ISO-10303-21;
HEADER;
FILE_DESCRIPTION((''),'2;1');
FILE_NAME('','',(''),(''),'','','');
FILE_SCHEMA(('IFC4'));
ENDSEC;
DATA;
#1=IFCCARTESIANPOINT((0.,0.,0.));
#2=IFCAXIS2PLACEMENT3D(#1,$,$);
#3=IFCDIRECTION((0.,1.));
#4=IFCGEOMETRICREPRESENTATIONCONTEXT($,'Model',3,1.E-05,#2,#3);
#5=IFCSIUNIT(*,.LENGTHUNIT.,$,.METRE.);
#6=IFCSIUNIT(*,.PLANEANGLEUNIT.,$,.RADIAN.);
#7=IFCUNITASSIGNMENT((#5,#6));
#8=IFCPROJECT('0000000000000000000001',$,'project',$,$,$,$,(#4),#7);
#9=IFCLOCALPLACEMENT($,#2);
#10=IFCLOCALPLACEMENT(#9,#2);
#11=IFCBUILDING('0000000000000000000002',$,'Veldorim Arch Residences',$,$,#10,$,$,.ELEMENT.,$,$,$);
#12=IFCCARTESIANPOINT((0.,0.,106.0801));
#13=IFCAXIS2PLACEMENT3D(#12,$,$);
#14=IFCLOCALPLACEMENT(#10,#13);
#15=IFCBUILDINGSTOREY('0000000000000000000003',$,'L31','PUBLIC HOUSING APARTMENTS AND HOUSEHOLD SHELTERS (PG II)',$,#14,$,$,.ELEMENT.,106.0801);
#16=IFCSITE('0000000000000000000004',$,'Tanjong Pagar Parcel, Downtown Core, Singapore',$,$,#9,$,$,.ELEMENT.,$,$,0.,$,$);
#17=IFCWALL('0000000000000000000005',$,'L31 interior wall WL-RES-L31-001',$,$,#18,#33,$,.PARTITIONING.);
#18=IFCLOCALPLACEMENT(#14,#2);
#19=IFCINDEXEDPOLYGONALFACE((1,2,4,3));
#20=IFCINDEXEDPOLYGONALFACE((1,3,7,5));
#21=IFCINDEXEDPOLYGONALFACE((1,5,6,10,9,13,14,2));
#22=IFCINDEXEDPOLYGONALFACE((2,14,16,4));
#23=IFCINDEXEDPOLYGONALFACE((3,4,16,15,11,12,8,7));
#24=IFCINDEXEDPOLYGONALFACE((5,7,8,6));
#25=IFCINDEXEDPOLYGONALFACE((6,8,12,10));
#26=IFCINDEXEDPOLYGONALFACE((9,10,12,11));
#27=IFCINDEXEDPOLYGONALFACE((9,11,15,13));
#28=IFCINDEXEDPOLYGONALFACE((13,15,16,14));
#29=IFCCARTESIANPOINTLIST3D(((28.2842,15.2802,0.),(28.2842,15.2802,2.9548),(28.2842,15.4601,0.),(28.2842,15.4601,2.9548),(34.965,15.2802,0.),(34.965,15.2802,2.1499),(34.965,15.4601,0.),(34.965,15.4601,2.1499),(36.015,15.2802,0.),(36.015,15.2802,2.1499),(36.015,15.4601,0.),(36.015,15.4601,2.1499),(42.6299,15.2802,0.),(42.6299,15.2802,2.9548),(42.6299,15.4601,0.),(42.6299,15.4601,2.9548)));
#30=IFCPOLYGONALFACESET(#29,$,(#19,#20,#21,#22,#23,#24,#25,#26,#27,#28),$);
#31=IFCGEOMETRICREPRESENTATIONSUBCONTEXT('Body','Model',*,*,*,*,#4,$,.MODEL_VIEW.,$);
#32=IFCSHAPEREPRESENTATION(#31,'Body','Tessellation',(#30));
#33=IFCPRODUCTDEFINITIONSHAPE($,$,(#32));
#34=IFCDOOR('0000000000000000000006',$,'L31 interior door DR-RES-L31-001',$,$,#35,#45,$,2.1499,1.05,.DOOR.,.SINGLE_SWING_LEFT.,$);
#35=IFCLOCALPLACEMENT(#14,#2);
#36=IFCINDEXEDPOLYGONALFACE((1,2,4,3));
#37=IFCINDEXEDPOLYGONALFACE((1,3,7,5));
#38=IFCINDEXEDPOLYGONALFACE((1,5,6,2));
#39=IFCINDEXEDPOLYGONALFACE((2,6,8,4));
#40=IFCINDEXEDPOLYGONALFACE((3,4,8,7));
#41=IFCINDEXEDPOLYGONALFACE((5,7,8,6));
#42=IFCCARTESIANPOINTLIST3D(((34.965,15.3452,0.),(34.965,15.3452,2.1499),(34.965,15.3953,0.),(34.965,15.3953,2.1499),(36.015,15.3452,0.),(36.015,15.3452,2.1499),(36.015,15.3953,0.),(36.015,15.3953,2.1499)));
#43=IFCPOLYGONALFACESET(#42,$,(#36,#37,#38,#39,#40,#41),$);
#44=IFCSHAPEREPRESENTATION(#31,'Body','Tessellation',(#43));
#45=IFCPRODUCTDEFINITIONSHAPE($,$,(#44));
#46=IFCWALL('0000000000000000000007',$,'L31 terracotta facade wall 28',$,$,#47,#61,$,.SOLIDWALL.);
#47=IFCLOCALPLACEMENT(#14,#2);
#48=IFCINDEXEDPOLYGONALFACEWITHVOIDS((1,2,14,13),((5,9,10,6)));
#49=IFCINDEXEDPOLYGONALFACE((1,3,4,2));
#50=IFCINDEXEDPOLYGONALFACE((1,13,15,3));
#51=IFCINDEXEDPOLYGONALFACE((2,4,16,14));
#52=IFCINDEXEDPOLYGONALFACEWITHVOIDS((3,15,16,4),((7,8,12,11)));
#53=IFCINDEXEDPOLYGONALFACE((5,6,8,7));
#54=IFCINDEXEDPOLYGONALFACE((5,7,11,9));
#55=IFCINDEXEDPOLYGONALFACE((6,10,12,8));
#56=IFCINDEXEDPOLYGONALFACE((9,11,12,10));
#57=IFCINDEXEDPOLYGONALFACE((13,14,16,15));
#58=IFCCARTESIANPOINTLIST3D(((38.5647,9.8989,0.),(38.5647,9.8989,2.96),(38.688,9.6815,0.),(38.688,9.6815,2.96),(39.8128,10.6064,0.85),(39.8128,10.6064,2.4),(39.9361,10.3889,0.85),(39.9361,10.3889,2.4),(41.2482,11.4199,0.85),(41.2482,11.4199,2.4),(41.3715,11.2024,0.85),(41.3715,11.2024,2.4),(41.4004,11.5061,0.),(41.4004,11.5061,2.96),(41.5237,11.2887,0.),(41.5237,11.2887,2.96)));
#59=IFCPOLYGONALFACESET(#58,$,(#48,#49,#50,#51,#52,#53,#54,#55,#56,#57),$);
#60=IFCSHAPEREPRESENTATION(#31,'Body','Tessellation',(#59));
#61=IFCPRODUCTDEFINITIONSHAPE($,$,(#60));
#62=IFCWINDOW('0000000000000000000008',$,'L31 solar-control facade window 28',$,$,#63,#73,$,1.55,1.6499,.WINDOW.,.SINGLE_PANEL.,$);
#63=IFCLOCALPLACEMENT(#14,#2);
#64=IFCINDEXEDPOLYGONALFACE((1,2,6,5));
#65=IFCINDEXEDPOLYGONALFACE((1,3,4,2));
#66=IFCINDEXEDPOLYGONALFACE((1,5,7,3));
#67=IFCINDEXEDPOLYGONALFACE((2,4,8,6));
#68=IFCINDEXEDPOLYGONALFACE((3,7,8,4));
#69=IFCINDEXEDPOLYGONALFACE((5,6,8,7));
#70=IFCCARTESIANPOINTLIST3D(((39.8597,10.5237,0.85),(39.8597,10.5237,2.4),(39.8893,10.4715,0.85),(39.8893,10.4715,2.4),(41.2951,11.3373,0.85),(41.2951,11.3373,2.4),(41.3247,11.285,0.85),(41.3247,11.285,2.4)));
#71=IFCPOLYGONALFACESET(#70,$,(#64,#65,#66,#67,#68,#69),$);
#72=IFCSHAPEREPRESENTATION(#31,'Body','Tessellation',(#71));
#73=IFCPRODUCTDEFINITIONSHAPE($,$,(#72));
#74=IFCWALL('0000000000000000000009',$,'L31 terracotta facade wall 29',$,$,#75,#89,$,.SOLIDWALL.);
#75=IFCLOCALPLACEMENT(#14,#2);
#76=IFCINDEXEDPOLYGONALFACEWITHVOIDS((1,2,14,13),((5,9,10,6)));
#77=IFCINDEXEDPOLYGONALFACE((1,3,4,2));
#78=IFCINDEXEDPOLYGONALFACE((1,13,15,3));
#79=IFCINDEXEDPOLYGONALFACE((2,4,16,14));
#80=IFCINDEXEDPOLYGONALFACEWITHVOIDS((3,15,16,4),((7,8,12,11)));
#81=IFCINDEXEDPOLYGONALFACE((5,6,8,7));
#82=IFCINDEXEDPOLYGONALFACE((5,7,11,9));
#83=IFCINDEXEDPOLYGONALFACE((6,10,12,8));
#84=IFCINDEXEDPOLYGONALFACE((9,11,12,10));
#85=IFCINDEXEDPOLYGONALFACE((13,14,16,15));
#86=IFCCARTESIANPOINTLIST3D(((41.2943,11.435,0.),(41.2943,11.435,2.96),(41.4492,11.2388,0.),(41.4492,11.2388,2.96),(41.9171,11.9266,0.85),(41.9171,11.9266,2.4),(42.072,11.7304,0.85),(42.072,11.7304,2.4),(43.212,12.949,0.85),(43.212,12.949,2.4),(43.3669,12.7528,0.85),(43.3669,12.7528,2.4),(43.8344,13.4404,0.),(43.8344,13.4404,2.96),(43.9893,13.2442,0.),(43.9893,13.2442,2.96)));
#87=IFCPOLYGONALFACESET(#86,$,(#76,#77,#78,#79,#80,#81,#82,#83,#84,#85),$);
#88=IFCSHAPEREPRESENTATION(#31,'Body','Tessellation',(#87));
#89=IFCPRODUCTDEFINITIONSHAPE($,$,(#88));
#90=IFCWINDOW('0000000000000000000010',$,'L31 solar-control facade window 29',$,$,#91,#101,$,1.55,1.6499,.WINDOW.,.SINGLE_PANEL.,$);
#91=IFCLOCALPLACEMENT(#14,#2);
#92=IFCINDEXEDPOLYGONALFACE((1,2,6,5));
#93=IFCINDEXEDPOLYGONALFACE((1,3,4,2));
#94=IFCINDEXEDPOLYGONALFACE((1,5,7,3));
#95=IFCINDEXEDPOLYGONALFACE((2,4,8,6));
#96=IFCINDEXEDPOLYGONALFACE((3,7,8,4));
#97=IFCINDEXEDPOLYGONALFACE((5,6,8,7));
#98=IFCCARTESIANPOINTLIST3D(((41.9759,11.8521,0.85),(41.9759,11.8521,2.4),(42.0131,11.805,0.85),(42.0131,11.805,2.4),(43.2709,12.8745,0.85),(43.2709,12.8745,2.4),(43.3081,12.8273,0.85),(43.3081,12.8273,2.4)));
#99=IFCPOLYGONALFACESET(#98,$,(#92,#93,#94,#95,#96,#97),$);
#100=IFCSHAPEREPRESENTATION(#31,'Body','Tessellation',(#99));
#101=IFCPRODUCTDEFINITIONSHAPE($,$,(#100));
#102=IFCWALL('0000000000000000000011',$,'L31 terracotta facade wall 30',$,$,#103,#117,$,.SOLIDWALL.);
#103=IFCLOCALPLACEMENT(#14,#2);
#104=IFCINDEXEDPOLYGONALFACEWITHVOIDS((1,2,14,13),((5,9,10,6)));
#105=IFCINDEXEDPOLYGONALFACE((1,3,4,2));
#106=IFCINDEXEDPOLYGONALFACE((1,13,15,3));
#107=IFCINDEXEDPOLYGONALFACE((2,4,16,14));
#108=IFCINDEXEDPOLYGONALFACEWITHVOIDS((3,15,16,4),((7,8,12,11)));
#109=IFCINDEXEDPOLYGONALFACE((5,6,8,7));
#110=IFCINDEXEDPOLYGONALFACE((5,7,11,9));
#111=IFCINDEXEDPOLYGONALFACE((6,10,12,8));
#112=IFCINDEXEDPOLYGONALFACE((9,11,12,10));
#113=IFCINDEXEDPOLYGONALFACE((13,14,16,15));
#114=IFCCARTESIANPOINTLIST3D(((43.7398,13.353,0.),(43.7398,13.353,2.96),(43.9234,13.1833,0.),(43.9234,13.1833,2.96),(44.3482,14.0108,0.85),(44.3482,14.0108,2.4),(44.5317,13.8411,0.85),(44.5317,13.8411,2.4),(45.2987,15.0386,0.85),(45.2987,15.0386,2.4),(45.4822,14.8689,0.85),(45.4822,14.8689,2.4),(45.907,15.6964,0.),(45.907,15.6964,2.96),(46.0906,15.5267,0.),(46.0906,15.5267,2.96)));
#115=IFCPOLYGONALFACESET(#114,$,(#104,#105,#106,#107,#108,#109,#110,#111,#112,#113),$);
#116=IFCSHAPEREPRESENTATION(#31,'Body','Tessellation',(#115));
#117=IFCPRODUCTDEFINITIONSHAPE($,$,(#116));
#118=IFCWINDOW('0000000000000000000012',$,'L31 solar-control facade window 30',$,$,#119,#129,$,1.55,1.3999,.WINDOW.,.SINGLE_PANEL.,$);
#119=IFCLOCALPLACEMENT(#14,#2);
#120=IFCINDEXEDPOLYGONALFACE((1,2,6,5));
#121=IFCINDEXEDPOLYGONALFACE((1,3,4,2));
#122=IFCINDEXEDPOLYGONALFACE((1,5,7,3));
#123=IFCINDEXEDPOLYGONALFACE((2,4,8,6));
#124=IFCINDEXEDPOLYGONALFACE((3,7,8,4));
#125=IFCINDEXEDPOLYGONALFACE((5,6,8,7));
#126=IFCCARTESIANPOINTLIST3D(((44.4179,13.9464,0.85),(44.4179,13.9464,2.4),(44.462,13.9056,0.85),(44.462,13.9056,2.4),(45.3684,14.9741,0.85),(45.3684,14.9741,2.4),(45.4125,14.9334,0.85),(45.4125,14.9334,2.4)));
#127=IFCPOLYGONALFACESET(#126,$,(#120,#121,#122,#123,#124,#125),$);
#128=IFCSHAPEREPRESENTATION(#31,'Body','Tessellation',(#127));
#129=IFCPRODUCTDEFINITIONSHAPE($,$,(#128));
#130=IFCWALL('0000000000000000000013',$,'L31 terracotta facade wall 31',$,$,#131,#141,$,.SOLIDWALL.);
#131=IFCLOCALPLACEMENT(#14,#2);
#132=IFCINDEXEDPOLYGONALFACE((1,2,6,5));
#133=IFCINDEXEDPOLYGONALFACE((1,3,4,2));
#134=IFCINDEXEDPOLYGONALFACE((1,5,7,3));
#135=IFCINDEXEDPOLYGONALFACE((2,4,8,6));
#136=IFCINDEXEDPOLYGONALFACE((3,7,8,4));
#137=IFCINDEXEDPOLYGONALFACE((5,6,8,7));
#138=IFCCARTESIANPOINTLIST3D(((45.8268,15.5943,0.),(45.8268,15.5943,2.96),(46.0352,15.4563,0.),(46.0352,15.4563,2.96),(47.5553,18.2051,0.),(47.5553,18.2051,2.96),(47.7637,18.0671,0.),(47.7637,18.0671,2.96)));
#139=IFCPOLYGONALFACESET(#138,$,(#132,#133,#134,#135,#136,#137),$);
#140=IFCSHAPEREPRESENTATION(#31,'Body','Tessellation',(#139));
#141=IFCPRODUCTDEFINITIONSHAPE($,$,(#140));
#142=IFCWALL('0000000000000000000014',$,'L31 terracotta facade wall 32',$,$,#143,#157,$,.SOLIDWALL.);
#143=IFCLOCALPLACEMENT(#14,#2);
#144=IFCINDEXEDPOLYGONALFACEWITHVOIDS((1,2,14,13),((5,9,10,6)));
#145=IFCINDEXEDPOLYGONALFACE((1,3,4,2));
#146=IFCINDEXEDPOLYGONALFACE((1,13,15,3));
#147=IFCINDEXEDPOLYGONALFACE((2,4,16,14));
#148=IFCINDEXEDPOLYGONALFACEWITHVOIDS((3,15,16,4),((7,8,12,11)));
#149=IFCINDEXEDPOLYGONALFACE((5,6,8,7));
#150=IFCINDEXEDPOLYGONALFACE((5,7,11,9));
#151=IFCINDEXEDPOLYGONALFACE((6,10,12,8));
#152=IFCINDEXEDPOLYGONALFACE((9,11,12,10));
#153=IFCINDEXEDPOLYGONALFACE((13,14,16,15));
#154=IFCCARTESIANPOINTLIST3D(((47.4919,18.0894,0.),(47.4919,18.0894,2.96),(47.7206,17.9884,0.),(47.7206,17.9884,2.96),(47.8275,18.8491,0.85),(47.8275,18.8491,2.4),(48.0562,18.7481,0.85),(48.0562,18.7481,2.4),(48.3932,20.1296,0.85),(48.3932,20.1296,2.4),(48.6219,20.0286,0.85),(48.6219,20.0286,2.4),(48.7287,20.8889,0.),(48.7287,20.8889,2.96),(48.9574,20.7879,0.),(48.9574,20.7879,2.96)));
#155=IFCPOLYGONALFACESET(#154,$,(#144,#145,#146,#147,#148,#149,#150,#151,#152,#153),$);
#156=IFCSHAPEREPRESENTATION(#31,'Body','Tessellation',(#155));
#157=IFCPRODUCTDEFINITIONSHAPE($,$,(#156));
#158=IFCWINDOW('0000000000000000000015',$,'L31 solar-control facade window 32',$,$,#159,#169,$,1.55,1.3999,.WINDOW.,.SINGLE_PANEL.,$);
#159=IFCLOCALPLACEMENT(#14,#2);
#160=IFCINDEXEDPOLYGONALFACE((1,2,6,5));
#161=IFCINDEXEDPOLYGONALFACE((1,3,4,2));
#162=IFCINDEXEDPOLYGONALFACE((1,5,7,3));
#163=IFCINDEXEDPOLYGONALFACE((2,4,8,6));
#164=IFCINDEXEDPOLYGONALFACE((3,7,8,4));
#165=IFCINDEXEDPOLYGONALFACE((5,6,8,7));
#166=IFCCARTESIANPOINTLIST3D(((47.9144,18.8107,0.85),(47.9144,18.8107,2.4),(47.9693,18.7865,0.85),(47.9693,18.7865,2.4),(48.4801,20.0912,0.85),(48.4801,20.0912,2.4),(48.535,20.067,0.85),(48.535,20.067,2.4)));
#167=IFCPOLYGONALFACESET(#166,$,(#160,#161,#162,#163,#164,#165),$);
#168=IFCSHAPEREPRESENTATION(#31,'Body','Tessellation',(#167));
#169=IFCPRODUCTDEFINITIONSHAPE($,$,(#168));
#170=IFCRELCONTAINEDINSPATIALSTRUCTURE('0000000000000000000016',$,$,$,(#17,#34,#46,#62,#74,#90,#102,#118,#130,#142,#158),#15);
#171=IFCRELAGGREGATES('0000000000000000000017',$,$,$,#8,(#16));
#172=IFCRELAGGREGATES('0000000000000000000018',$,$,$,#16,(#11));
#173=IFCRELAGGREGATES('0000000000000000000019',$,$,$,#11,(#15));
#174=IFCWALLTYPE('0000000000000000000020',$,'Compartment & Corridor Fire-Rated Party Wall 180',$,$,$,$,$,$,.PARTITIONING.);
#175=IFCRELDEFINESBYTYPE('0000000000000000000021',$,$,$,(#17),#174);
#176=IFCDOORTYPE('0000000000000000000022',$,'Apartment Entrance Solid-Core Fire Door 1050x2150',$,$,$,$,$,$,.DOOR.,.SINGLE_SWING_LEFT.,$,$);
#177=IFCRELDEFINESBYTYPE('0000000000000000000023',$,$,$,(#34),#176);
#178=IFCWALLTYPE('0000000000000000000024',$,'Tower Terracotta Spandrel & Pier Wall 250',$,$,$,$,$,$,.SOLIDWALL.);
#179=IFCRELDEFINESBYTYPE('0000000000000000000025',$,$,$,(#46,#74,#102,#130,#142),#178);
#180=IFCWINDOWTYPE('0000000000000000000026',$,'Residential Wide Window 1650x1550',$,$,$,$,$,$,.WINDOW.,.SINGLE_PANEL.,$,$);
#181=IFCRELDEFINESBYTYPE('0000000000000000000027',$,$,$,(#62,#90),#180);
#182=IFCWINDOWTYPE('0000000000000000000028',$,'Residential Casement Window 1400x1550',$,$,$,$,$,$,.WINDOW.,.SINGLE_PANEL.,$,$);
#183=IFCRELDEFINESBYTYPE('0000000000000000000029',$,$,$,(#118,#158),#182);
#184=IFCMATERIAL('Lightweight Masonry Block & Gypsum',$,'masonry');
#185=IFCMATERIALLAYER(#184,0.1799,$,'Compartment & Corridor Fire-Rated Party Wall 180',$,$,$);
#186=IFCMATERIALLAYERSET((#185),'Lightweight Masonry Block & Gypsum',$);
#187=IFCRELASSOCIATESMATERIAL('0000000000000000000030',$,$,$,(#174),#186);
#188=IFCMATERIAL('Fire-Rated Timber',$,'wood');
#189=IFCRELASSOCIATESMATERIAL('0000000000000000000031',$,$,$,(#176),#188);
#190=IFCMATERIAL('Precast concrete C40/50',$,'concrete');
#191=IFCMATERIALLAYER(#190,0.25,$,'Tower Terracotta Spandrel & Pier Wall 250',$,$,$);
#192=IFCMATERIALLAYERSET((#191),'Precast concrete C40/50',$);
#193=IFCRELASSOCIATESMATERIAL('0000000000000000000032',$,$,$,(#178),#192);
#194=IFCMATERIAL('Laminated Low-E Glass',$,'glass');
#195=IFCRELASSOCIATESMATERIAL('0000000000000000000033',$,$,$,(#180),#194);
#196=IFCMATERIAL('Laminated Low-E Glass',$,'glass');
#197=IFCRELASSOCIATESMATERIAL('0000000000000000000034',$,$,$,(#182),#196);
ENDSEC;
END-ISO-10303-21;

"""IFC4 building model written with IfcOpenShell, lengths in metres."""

from ifc_helpers import new_model, si_unit, direction, frame, frame_2d, origin, place, context, subcontext, project, spatial, rectangle, extrude, material, layer, layer_set, type_object, element, fill, save


model = new_model("IFC4")

# Units and contexts
model_context = context("Model", 3, precision=1e-05, world=origin(), true_north=direction((0.0, 1.0)))
body_context = subcontext(model_context, "Body", "Model", "MODEL_VIEW")
ifc_project = project(units=[si_unit("LENGTHUNIT", "METRE"), si_unit("PLANEANGLEUNIT", "RADIAN")], contexts=[model_context])

# Site, building, storey
site_placement = place(None, origin())
site = spatial("IfcSite", under=ifc_project, at=site_placement, Name="Tanjong Pagar Parcel, Downtown Core, Singapore", CompositionType="ELEMENT", RefElevation=0.0)
building_placement = place(site_placement, origin())
building = spatial("IfcBuilding", under=site, at=building_placement, Name="Veldorim Arch Residences", CompositionType="ELEMENT")
storey_placement = place(building_placement, frame((0.0, 0.0, 106.0801)))
storey = spatial("IfcBuildingStorey", under=building, at=storey_placement, Name="L31", Description="PUBLIC HOUSING APARTMENTS AND HOUSEHOLD SHELTERS (PG II)", CompositionType="ELEMENT", Elevation=106.0801)

# Shared definitions
ifc_material_1 = material(Name="Lightweight Masonry Block & Gypsum", Category="masonry")
ifc_layer_1 = layer(ifc_material_1, 0.1799, Name="Compartment & Corridor Fire-Rated Party Wall 180")
ifc_layer_set_1 = layer_set([ifc_layer_1], Name="Lightweight Masonry Block & Gypsum")
wall_type_1 = type_object("IfcWallType", Name="Compartment & Corridor Fire-Rated Party Wall 180", PredefinedType="PARTITIONING", material=ifc_layer_set_1)

# Wall, opening, door
wall_1_placement = place(storey_placement, frame((42.6299, 15.3701, 0.0), z_axis=(0.0, 0.0, 1.0), x_axis=(-1.0, 0.0, 0.0)))
wall_1 = element("IfcWall", 1, at=wall_1_placement, inside=storey, type_object=wall_type_1, Name="L31 interior wall WL-RES-L31-001", PredefinedType="PARTITIONING", context=body_context, shape_type="SweptSolid", body=[
    extrude(rectangle(XDim=14.3457, YDim=0.1799, at=frame_2d((7.1729, 0.0))), origin(), (0.0, 0.0, 1.0), 2.9548),
])
opening_1_placement = place(wall_1_placement, frame((6.615, 0.0, 0.0)))
opening_1 = element("IfcOpeningElement", 2, at=opening_1_placement, cuts=wall_1, PredefinedType="OPENING", context=body_context, shape_type="SweptSolid", body=[
    extrude(rectangle(XDim=1.05, YDim=2.1499, at=frame_2d((0.5249, 1.075))), frame((0.0, 0.0999, 0.0), z_axis=(0.0, -1.0, 0.0), x_axis=(1.0, 0.0, 0.0)), (0.0, 0.0, 1.0), 0.2),
])
ifc_material_2 = material(Name="Fire-Rated Timber", Category="wood")
door_type_1 = type_object("IfcDoorType", Name="Apartment Entrance Solid-Core Fire Door 1050x2150", OperationType="SINGLE_SWING_LEFT", PredefinedType="DOOR", material=ifc_material_2)
door_1_placement = place(opening_1_placement, origin())
door_1 = element("IfcDoor", 3, at=door_1_placement, inside=storey, type_object=door_type_1, Name="L31 interior door DR-RES-L31-001", OperationType="SINGLE_SWING_LEFT", OverallHeight=2.1499, OverallWidth=1.05, PredefinedType="DOOR", context=body_context, shape_type="SweptSolid", body=[
    extrude(rectangle(XDim=1.05, YDim=2.1499, at=frame_2d((0.5249, 1.075))), frame((0.0, 0.0249, 0.0), z_axis=(0.0, -1.0, 0.0), x_axis=(1.0, 0.0, 0.0)), (0.0, 0.0, 1.0), 0.05),
])
fill(opening_1, door_1)

# Walls, openings, windows
ifc_material_3 = material(Name="Precast concrete C40/50", Category="concrete")
ifc_layer_2 = layer(ifc_material_3, 0.25, Name="Tower Terracotta Spandrel & Pier Wall 250")
ifc_layer_set_2 = layer_set([ifc_layer_2], Name="Precast concrete C40/50")
wall_type_2 = type_object("IfcWallType", Name="Tower Terracotta Spandrel & Pier Wall 250", PredefinedType="SOLIDWALL", material=ifc_layer_set_2)
wall_2_placement = place(storey_placement, frame((41.4622, 11.3975, 0.0), z_axis=(0.0, 0.0, 1.0), x_axis=(-0.869985, -0.493079, 0.0)))
wall_2 = element("IfcWall", 4, at=wall_2_placement, inside=storey, type_object=wall_type_2, Name="L31 terracotta facade wall 28", PredefinedType="SOLIDWALL", context=body_context, shape_type="SweptSolid", body=[
    extrude(rectangle(XDim=3.2595, YDim=0.25, at=frame_2d((1.6299, 0.0))), origin(), (0.0, 0.0, 1.0), 2.96),
])
opening_2_placement = place(wall_2_placement, frame((0.175, 0.0, 0.8501)))
opening_2 = element("IfcOpeningElement", 5, at=opening_2_placement, cuts=wall_2, PredefinedType="OPENING", context=body_context, shape_type="SweptSolid", body=[
    extrude(rectangle(XDim=1.6499, YDim=1.55, at=frame_2d((0.825, 0.7749))), frame((0.0, 0.135, 0.0), z_axis=(0.0, -1.0, 0.0), x_axis=(1.0, 0.0, 0.0)), (0.0, 0.0, 1.0), 0.27),
])
ifc_material_4 = material(Name="Laminated Low-E Glass", Category="glass")
window_type_1 = type_object("IfcWindowType", Name="Residential Wide Window 1650x1550", PartitioningType="SINGLE_PANEL", PredefinedType="WINDOW", material=ifc_material_4)
window_1_placement = place(opening_2_placement, origin())
window_1 = element("IfcWindow", 6, at=window_1_placement, inside=storey, type_object=window_type_1, Name="L31 solar-control facade window 28", OverallHeight=1.55, OverallWidth=1.6499, PartitioningType="SINGLE_PANEL", PredefinedType="WINDOW", context=body_context, shape_type="SweptSolid", body=[
    extrude(rectangle(XDim=1.6499, YDim=1.55, at=frame_2d((0.825, 0.7749))), frame((0.0, 0.03, 0.0), z_axis=(0.0, -1.0, 0.0), x_axis=(1.0, 0.0, 0.0)), (0.0, 0.0, 1.0), 0.0601),
])
fill(opening_2, window_1)
wall_3_placement = place(storey_placement, frame((43.9119, 13.3423, 0.0), z_axis=(0.0, 0.0, 1.0), x_axis=(-0.784871, -0.619659, 0.0)))
wall_3 = element("IfcWall", 7, at=wall_3_placement, inside=storey, type_object=wall_type_2, Name="L31 terracotta facade wall 29", PredefinedType="SOLIDWALL", context=body_context, shape_type="SweptSolid", body=[
    extrude(rectangle(XDim=3.2363, YDim=0.25, at=frame_2d((1.6182, 0.0))), origin(), (0.0, 0.0, 1.0), 2.96),
])
opening_3_placement = place(wall_3_placement, frame((0.793, 0.0, 0.8501)))
opening_3 = element("IfcOpeningElement", 8, at=opening_3_placement, cuts=wall_3, PredefinedType="OPENING", context=body_context, shape_type="SweptSolid", body=[
    extrude(rectangle(XDim=1.6499, YDim=1.55, at=frame_2d((0.825, 0.7749))), frame((0.0, 0.135, 0.0), z_axis=(0.0, -1.0, 0.0), x_axis=(1.0, 0.0, 0.0)), (0.0, 0.0, 1.0), 0.27),
])
window_2_placement = place(opening_3_placement, origin())
window_2 = element("IfcWindow", 9, at=window_2_placement, inside=storey, type_object=window_type_1, Name="L31 solar-control facade window 29", OverallHeight=1.55, OverallWidth=1.6499, PartitioningType="SINGLE_PANEL", PredefinedType="WINDOW", context=body_context, shape_type="SweptSolid", body=[
    extrude(rectangle(XDim=1.6499, YDim=1.55, at=frame_2d((0.825, 0.7749))), frame((0.0, 0.03, 0.0), z_axis=(0.0, -1.0, 0.0), x_axis=(1.0, 0.0, 0.0)), (0.0, 0.0, 1.0), 0.0601),
])
fill(opening_3, window_2)
wall_4_placement = place(storey_placement, frame((45.9988, 15.6116, 0.0), z_axis=(0.0, 0.0, 1.0), x_axis=(-0.678956, -0.734179, 0.0)))
wall_4 = element("IfcWall", 10, at=wall_4_placement, inside=storey, type_object=wall_type_2, Name="L31 terracotta facade wall 30", PredefinedType="SOLIDWALL", context=body_context, shape_type="SweptSolid", body=[
    extrude(rectangle(XDim=3.1919, YDim=0.25, at=frame_2d((1.5959, 0.0))), origin(), (0.0, 0.0, 1.0), 2.96),
])
opening_4_placement = place(wall_4_placement, frame((0.896, 0.0, 0.8501)))
opening_4 = element("IfcOpeningElement", 11, at=opening_4_placement, cuts=wall_4, PredefinedType="OPENING", context=body_context, shape_type="SweptSolid", body=[
    extrude(rectangle(XDim=1.3999, YDim=1.55, at=frame_2d((0.7, 0.7749))), frame((0.0, 0.135, 0.0), z_axis=(0.0, -1.0, 0.0), x_axis=(1.0, 0.0, 0.0)), (0.0, 0.0, 1.0), 0.27),
])
ifc_material_5 = material(Name="Laminated Low-E Glass", Category="glass")
window_type_2 = type_object("IfcWindowType", Name="Residential Casement Window 1400x1550", PartitioningType="SINGLE_PANEL", PredefinedType="WINDOW", material=ifc_material_5)
window_3_placement = place(opening_4_placement, origin())
window_3 = element("IfcWindow", 12, at=window_3_placement, inside=storey, type_object=window_type_2, Name="L31 solar-control facade window 30", OverallHeight=1.55, OverallWidth=1.3999, PartitioningType="SINGLE_PANEL", PredefinedType="WINDOW", context=body_context, shape_type="SweptSolid", body=[
    extrude(rectangle(XDim=1.3999, YDim=1.55, at=frame_2d((0.7, 0.7749))), frame((0.0, 0.03, 0.0), z_axis=(0.0, -1.0, 0.0), x_axis=(1.0, 0.0, 0.0)), (0.0, 0.0, 1.0), 0.0601),
])
fill(opening_4, window_3)

# Wall
wall_5_placement = place(storey_placement, frame((47.6594, 18.136, 0.0), z_axis=(0.0, 0.0, 1.0), x_axis=(-0.552034, -0.833821, 0.0)))
element("IfcWall", 13, at=wall_5_placement, inside=storey, type_object=wall_type_2, Name="L31 terracotta facade wall 31", PredefinedType="SOLIDWALL", context=body_context, shape_type="SweptSolid", body=[
    extrude(rectangle(XDim=3.1311, YDim=0.25, at=frame_2d((1.5654, 0.0))), origin(), (0.0, 0.0, 1.0), 2.96),
])

# Wall, opening, window
wall_6_placement = place(storey_placement, frame((48.843, 20.8384, 0.0), z_axis=(0.0, 0.0, 1.0), x_axis=(-0.40411, -0.914711, 0.0)))
wall_6 = element("IfcWall", 14, at=wall_6_placement, inside=storey, type_object=wall_type_2, Name="L31 terracotta facade wall 32", PredefinedType="SOLIDWALL", context=body_context, shape_type="SweptSolid", body=[
    extrude(rectangle(XDim=3.0605, YDim=0.25, at=frame_2d((1.5303, 0.0))), origin(), (0.0, 0.0, 1.0), 2.96),
])
opening_5_placement = place(wall_6_placement, frame((0.8301, 0.0, 0.8501)))
opening_5 = element("IfcOpeningElement", 15, at=opening_5_placement, cuts=wall_6, PredefinedType="OPENING", context=body_context, shape_type="SweptSolid", body=[
    extrude(rectangle(XDim=1.3999, YDim=1.55, at=frame_2d((0.7, 0.7749))), frame((0.0, 0.135, 0.0), z_axis=(0.0, -1.0, 0.0), x_axis=(1.0, 0.0, 0.0)), (0.0, 0.0, 1.0), 0.27),
])
window_4_placement = place(opening_5_placement, origin())
window_4 = element("IfcWindow", 16, at=window_4_placement, inside=storey, type_object=window_type_2, Name="L31 solar-control facade window 32", OverallHeight=1.55, OverallWidth=1.3999, PartitioningType="SINGLE_PANEL", PredefinedType="WINDOW", context=body_context, shape_type="SweptSolid", body=[
    extrude(rectangle(XDim=1.3999, YDim=1.55, at=frame_2d((0.7, 0.7749))), frame((0.0, 0.03, 0.0), z_axis=(0.0, -1.0, 0.0), x_axis=(1.0, 0.0, 0.0)), (0.0, 0.0, 1.0), 0.0601),
])
fill(opening_5, window_4)

save(model, "model.ifc")
